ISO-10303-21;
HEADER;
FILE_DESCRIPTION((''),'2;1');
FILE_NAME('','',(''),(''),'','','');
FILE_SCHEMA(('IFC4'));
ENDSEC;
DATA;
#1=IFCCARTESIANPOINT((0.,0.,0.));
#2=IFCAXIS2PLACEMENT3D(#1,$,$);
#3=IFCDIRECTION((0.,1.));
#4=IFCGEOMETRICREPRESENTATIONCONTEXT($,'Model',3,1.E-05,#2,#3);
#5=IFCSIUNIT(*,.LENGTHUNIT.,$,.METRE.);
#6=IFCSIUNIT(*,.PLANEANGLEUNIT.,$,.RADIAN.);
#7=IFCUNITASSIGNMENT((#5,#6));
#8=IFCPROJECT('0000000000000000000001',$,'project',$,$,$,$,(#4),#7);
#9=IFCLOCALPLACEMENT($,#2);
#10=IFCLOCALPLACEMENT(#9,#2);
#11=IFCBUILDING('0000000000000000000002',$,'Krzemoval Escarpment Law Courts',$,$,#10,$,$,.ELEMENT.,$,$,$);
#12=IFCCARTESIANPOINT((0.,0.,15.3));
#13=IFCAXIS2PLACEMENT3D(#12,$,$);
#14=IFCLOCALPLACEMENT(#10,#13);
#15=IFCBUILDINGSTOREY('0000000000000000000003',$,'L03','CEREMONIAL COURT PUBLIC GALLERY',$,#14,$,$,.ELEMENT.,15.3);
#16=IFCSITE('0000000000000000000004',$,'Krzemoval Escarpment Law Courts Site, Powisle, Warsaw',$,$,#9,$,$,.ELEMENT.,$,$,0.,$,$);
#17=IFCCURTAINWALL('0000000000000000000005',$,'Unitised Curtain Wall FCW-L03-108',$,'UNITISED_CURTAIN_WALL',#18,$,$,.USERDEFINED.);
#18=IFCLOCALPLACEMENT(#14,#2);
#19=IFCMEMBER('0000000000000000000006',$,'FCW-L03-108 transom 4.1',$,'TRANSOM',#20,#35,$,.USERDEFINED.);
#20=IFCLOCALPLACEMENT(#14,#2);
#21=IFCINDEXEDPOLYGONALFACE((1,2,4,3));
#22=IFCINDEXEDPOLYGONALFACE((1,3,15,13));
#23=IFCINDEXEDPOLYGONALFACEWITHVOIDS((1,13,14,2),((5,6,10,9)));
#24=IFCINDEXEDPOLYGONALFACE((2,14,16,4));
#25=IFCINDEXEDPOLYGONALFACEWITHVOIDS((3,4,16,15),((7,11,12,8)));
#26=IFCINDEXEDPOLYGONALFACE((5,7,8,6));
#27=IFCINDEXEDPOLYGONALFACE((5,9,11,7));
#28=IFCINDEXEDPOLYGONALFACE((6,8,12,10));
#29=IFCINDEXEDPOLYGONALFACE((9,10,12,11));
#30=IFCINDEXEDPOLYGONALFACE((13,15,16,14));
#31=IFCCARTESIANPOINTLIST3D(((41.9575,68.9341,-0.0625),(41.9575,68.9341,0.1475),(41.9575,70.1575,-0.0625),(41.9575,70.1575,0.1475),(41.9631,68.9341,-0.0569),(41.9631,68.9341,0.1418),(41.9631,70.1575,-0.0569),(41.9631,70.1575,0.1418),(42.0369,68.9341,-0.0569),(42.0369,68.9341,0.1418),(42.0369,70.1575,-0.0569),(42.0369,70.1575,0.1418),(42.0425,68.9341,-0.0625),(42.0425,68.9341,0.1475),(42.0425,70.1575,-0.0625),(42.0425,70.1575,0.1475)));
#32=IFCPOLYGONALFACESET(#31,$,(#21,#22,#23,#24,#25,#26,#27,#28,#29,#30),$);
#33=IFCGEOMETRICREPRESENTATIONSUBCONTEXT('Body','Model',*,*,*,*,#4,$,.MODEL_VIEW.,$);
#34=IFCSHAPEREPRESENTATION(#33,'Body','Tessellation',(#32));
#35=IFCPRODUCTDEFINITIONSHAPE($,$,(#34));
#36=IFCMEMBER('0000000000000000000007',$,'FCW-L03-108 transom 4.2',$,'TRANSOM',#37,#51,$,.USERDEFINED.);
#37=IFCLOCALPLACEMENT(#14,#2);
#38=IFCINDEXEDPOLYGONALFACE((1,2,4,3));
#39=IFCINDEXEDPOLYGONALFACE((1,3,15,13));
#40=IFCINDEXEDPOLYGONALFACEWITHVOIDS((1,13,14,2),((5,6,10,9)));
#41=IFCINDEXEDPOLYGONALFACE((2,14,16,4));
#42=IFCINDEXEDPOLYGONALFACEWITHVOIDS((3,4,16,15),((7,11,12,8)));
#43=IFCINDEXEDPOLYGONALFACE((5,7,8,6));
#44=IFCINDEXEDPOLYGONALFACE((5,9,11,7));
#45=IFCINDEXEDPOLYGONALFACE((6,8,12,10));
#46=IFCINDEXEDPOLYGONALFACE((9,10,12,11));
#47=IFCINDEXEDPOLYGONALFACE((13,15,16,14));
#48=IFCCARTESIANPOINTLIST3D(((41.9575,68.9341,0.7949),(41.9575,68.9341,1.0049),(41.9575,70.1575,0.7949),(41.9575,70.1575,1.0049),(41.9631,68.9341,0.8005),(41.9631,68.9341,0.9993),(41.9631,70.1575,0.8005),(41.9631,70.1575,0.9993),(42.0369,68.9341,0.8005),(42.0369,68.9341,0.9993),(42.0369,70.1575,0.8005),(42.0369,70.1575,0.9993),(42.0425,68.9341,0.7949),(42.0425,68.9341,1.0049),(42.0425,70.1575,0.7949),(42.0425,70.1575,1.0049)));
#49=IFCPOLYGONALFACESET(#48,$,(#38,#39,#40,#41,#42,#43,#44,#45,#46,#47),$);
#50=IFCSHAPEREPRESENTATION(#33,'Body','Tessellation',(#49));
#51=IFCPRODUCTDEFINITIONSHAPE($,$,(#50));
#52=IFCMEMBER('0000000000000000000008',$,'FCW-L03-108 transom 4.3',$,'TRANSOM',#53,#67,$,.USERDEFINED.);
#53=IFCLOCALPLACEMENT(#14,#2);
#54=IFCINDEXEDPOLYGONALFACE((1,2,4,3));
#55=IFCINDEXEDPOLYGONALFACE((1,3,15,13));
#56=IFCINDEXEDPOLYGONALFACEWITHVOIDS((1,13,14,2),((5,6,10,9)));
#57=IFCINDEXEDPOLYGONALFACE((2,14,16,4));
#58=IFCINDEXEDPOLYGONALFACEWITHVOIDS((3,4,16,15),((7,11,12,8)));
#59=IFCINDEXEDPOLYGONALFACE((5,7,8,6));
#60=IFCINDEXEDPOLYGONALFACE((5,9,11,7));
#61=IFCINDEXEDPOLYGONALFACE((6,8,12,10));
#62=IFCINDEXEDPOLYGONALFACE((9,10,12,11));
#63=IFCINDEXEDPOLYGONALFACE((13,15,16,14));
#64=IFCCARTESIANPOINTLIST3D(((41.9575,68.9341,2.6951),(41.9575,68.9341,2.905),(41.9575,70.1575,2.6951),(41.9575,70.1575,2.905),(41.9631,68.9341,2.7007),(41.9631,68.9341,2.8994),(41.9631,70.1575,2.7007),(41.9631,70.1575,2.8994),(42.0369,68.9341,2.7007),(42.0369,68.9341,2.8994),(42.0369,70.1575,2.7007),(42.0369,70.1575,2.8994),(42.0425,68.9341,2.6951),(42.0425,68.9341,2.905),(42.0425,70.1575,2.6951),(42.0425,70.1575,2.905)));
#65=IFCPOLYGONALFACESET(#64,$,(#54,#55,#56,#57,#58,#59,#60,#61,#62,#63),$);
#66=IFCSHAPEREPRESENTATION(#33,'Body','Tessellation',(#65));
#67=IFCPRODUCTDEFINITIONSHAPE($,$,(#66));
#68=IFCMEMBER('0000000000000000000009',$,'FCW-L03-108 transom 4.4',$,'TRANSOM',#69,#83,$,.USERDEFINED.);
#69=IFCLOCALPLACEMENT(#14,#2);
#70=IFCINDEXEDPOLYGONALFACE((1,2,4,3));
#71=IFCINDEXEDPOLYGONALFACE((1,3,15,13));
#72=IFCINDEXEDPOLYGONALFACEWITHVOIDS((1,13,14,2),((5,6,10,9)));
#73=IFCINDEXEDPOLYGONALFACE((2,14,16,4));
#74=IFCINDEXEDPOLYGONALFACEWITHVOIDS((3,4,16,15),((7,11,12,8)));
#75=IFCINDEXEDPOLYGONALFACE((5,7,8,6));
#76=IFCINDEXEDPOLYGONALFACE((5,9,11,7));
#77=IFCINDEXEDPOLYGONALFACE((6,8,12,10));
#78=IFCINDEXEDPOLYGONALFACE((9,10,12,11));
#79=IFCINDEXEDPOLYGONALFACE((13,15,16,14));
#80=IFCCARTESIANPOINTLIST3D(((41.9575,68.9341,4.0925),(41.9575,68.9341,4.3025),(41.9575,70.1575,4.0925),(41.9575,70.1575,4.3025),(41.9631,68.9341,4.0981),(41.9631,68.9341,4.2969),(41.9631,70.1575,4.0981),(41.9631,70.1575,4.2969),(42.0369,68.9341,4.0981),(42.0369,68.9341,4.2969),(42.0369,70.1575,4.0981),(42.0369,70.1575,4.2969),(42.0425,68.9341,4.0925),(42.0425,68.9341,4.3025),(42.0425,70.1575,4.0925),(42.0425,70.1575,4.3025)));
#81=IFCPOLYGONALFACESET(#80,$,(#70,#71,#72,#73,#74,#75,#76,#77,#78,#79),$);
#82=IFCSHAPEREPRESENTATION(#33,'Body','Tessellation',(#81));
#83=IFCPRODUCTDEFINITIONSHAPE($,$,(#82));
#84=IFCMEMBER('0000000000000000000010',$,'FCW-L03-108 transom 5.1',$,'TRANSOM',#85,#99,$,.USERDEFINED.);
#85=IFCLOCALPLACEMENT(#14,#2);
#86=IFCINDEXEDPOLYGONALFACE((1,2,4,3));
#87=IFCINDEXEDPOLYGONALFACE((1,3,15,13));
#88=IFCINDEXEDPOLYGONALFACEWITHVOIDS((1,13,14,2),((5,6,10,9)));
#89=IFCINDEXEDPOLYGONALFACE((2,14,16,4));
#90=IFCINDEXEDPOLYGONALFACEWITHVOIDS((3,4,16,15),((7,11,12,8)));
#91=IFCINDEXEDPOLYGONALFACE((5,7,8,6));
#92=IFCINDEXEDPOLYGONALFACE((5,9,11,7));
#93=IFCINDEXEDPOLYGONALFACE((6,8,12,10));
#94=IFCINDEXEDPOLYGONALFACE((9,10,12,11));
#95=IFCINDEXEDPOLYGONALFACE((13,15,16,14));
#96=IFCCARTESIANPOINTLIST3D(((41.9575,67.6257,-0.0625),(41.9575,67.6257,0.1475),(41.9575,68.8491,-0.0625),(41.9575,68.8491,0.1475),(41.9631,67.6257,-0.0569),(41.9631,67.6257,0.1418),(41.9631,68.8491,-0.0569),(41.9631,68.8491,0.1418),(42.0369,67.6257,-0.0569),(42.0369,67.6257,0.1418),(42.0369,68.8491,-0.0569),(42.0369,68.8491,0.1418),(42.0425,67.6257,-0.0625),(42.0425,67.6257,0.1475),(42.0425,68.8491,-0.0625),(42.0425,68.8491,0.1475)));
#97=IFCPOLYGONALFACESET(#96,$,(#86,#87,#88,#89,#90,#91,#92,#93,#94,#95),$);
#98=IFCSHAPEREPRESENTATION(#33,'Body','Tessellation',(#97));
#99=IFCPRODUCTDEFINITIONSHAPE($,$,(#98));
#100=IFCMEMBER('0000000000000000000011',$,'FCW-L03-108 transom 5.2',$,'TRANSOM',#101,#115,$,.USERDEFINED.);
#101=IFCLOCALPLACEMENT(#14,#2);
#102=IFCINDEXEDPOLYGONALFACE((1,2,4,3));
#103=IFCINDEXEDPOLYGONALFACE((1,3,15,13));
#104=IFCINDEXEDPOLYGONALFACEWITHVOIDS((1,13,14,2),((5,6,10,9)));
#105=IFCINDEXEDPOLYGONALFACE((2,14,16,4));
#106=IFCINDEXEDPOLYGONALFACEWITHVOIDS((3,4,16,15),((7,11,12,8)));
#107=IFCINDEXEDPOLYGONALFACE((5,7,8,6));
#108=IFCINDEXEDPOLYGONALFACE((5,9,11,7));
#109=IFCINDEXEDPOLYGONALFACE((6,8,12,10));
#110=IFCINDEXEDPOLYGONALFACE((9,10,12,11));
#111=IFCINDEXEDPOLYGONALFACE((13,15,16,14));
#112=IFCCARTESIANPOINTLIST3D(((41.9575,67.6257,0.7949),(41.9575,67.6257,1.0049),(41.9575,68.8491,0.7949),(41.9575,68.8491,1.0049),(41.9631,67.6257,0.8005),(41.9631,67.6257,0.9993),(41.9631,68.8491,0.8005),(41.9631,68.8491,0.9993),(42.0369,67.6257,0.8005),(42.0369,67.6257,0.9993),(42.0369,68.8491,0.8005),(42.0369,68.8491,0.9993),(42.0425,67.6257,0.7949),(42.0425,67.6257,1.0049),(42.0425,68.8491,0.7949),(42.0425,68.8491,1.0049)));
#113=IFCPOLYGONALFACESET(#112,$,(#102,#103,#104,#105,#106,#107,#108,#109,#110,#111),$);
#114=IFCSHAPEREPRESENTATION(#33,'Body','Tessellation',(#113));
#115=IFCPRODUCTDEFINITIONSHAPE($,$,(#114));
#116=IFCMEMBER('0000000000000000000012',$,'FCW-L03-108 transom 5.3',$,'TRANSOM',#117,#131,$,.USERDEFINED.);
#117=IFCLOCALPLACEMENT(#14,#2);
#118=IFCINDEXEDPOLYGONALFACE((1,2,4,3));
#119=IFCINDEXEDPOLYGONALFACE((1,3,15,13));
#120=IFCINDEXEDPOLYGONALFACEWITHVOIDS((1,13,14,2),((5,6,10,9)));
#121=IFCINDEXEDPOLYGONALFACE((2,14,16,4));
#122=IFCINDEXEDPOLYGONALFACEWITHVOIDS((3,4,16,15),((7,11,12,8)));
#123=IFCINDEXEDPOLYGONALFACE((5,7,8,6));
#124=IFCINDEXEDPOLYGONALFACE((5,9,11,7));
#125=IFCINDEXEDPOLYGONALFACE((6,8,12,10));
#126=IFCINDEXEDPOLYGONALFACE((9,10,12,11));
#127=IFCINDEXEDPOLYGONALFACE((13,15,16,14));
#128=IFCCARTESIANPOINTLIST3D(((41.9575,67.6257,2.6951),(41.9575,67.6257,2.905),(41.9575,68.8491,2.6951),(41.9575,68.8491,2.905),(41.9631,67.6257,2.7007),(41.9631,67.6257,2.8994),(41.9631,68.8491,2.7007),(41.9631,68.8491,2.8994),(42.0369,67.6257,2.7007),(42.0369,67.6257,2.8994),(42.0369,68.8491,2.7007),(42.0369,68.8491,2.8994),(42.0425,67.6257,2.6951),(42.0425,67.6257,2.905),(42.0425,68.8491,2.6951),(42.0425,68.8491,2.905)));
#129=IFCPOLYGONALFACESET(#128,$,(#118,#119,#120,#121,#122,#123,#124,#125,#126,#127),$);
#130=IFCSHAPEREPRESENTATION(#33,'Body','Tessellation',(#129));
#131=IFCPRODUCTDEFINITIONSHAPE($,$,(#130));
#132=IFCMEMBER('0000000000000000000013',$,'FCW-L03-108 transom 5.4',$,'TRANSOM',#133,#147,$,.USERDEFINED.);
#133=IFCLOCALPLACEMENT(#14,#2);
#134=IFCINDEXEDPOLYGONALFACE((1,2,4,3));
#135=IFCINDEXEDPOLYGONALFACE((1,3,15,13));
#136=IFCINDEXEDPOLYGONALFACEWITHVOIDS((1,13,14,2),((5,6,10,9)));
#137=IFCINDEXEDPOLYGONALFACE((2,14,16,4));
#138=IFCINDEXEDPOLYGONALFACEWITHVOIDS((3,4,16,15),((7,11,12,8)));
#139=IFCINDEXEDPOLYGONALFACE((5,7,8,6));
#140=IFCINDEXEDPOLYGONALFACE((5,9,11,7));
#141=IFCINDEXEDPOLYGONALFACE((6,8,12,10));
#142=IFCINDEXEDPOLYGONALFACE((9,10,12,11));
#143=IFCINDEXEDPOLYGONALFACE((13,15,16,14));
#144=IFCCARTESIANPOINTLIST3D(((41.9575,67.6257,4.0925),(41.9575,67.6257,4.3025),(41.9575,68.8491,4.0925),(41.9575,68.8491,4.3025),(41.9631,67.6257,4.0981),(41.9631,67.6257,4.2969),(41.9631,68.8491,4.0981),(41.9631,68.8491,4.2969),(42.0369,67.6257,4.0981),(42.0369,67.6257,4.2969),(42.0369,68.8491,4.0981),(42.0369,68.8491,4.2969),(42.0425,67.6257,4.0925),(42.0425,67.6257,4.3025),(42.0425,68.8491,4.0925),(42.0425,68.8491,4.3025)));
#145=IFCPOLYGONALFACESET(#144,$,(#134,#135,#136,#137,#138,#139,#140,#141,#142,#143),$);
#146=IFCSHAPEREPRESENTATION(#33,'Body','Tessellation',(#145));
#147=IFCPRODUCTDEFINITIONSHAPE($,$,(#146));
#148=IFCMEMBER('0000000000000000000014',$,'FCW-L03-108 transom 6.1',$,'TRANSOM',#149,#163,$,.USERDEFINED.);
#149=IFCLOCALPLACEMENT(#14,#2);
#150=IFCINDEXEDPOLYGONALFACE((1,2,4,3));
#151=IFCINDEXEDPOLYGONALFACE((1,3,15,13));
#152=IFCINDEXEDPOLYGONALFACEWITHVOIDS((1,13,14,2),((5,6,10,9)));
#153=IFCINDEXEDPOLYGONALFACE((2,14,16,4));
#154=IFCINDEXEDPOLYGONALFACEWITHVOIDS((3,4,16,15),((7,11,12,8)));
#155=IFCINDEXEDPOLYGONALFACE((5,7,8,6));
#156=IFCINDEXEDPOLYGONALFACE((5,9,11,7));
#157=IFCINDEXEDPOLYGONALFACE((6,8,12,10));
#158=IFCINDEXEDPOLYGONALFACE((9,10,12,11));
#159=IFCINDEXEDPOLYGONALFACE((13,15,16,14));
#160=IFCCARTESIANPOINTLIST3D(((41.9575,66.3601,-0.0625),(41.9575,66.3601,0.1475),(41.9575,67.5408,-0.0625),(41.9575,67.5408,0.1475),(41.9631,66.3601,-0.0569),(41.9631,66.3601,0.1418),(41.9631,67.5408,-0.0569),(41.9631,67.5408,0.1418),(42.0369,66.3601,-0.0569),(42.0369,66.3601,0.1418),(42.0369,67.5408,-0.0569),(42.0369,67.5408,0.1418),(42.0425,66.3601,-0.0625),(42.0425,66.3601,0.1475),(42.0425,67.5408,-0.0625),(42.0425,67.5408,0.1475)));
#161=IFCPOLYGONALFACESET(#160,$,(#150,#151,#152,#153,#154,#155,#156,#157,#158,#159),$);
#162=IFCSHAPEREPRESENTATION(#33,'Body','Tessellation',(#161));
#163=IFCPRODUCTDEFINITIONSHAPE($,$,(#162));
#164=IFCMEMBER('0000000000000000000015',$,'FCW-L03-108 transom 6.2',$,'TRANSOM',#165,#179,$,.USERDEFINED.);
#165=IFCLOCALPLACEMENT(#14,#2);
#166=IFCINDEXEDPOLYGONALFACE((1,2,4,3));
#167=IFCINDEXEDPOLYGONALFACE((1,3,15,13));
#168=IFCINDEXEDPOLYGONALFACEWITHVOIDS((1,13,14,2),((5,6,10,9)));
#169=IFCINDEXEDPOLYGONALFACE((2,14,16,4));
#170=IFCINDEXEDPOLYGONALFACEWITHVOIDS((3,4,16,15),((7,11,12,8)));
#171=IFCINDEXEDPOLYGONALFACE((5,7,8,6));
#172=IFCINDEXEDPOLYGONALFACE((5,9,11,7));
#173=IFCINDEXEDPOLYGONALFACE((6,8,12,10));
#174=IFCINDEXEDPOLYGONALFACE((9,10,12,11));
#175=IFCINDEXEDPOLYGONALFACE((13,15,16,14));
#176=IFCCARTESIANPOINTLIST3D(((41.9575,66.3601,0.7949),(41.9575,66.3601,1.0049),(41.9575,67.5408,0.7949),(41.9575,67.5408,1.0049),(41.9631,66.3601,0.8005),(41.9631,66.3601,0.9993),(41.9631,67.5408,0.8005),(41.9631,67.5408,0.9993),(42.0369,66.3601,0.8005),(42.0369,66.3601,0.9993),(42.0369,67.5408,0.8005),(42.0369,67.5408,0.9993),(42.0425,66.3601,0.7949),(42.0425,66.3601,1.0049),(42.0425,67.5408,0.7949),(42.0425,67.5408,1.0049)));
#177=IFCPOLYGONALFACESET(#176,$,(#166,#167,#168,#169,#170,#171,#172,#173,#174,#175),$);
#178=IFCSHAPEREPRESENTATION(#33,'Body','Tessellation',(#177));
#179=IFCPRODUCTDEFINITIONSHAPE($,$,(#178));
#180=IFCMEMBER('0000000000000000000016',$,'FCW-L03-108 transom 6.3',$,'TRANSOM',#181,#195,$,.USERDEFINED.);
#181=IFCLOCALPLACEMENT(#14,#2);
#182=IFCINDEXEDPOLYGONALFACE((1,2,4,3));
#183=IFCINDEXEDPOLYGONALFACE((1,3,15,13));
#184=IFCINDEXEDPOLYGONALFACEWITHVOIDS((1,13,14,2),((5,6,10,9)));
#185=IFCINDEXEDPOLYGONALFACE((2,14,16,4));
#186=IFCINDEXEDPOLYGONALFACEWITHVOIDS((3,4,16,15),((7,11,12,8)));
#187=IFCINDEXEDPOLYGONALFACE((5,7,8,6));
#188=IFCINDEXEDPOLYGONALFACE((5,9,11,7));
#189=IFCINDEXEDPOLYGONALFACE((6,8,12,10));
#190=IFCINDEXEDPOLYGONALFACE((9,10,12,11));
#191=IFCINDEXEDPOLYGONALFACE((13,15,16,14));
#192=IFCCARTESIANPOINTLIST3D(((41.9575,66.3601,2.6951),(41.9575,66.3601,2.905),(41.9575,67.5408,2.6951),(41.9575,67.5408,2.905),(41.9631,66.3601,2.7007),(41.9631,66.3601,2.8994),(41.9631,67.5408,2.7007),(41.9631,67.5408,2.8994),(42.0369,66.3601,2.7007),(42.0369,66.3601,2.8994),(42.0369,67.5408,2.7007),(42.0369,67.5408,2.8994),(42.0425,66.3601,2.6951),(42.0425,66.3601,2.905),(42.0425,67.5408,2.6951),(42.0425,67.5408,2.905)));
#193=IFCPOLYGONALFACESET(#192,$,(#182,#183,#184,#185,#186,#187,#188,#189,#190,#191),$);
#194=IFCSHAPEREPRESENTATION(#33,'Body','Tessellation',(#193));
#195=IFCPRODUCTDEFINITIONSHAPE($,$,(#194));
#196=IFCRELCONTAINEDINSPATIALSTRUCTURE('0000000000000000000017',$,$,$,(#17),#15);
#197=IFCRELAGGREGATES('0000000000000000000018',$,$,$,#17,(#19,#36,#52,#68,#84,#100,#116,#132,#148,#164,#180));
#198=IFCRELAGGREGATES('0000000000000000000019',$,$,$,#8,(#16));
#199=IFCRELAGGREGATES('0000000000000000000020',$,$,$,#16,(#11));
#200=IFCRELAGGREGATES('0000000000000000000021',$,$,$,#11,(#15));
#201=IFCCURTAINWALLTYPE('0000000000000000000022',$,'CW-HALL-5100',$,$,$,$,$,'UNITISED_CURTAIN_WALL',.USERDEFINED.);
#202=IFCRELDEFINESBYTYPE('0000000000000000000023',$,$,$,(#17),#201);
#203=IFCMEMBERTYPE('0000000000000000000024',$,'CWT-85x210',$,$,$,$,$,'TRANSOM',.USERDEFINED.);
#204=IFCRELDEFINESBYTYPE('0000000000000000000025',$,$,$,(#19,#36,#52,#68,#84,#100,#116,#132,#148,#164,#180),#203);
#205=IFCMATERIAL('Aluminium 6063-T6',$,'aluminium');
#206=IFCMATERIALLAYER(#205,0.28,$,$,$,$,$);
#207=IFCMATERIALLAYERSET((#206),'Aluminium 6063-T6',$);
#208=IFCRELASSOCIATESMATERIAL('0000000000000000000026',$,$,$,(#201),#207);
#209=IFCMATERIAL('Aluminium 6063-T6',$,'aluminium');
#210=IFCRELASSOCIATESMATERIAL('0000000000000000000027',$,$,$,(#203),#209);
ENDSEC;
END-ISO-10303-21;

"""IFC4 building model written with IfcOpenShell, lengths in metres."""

from ifc_helpers import new_model, si_unit, direction, frame, origin, origin_2d, place, context, subcontext, project, spatial, hollow_rectangle, extrude, material, layer, layer_set, material_profile, profile_set, type_object, element, aggregate, save


model = new_model("IFC4")

# Units and contexts
model_context = context("Model", 3, precision=1e-05, world=origin(), true_north=direction((0.0, 1.0)))
body_context = subcontext(model_context, "Body", "Model", "MODEL_VIEW")
ifc_project = project(units=[si_unit("LENGTHUNIT", "METRE"), si_unit("PLANEANGLEUNIT", "RADIAN")], contexts=[model_context])

# Site, building, storey
site_placement = place(None, origin())
site = spatial("IfcSite", under=ifc_project, at=site_placement, Name="Krzemoval Escarpment Law Courts Site, Powisle, Warsaw", CompositionType="ELEMENT", RefElevation=0.0)
building_placement = place(site_placement, origin())
building = spatial("IfcBuilding", under=site, at=building_placement, Name="Krzemoval Escarpment Law Courts", CompositionType="ELEMENT")
storey_placement = place(building_placement, frame((0.0, 0.0, 15.3)))
storey = spatial("IfcBuildingStorey", under=building, at=storey_placement, Name="L03", Description="CEREMONIAL COURT PUBLIC GALLERY", CompositionType="ELEMENT", Elevation=15.3)

# Curtain wall
ifc_material_1 = material(Name="Aluminium 6063-T6", Category="aluminium")
ifc_layer_1 = layer(ifc_material_1, 0.28)
ifc_layer_set_1 = layer_set([ifc_layer_1], Name="Aluminium 6063-T6")
curtain_wall_type = type_object("IfcCurtainWallType", Name="CW-HALL-5100", ElementType="UNITISED_CURTAIN_WALL", PredefinedType="USERDEFINED", material=ifc_layer_set_1)
curtain_wall_1_placement = place(storey_placement, origin())
curtain_wall_1 = element("IfcCurtainWall", 1, at=curtain_wall_1_placement, inside=storey, type_object=curtain_wall_type, Name="Unitised Curtain Wall FCW-L03-108", ObjectType="UNITISED_CURTAIN_WALL", PredefinedType="USERDEFINED")

# Members
ifc_material_2 = material(Name="Aluminium 6063-T6", Category="aluminium")
ifc_material_profile_1 = material_profile(ifc_material_2, hollow_rectangle(XDim=0.085, YDim=0.21, WallThickness=0.0056, at=origin_2d()), Name="ALU T85x210")
ifc_profile_set_1 = profile_set([ifc_material_profile_1], Name="Aluminium 6063-T6")
member_type_1 = type_object("IfcMemberType", Name="CWT-85x210", ElementType="TRANSOM", PredefinedType="USERDEFINED", material=ifc_profile_set_1)
member_1_placement = place(storey_placement, frame((42.0, 70.1575, 0.0425), z_axis=(0.0, -1.0, 0.0), x_axis=(1.0, 0.0, 0.0)))
member_1 = element("IfcMember", 2, at=member_1_placement, type_object=member_type_1, Name="FCW-L03-108 transom 4.1", ObjectType="TRANSOM", PredefinedType="USERDEFINED", context=body_context, shape_type="SweptSolid", body=[
    extrude(hollow_rectangle(XDim=0.085, YDim=0.21, WallThickness=0.0056, at=origin_2d()), origin(), (0.0, 0.0, 1.0), 1.2234),
])
member_2_placement = place(storey_placement, frame((42.0, 70.1575, 0.8999), z_axis=(0.0, -1.0, 0.0), x_axis=(1.0, 0.0, 0.0)))
member_2 = element("IfcMember", 3, at=member_2_placement, type_object=member_type_1, Name="FCW-L03-108 transom 4.2", ObjectType="TRANSOM", PredefinedType="USERDEFINED", context=body_context, shape_type="SweptSolid", body=[
    extrude(hollow_rectangle(XDim=0.085, YDim=0.21, WallThickness=0.0056, at=origin_2d()), origin(), (0.0, 0.0, 1.0), 1.2234),
])
member_3_placement = place(storey_placement, frame((42.0, 70.1575, 2.8), z_axis=(0.0, -1.0, 0.0), x_axis=(1.0, 0.0, 0.0)))
member_3 = element("IfcMember", 4, at=member_3_placement, type_object=member_type_1, Name="FCW-L03-108 transom 4.3", ObjectType="TRANSOM", PredefinedType="USERDEFINED", context=body_context, shape_type="SweptSolid", body=[
    extrude(hollow_rectangle(XDim=0.085, YDim=0.21, WallThickness=0.0056, at=origin_2d()), origin(), (0.0, 0.0, 1.0), 1.2234),
])
member_4_placement = place(storey_placement, frame((42.0, 70.1575, 4.1975), z_axis=(0.0, -1.0, 0.0), x_axis=(1.0, 0.0, 0.0)))
member_4 = element("IfcMember", 5, at=member_4_placement, type_object=member_type_1, Name="FCW-L03-108 transom 4.4", ObjectType="TRANSOM", PredefinedType="USERDEFINED", context=body_context, shape_type="SweptSolid", body=[
    extrude(hollow_rectangle(XDim=0.085, YDim=0.21, WallThickness=0.0056, at=origin_2d()), origin(), (0.0, 0.0, 1.0), 1.2234),
])
member_5_placement = place(storey_placement, frame((42.0, 68.8491, 0.0425), z_axis=(0.0, -1.0, 0.0), x_axis=(1.0, 0.0, 0.0)))
member_5 = element("IfcMember", 6, at=member_5_placement, type_object=member_type_1, Name="FCW-L03-108 transom 5.1", ObjectType="TRANSOM", PredefinedType="USERDEFINED", context=body_context, shape_type="SweptSolid", body=[
    extrude(hollow_rectangle(XDim=0.085, YDim=0.21, WallThickness=0.0056, at=origin_2d()), origin(), (0.0, 0.0, 1.0), 1.2234),
])
member_6_placement = place(storey_placement, frame((42.0, 68.8491, 0.8999), z_axis=(0.0, -1.0, 0.0), x_axis=(1.0, 0.0, 0.0)))
member_6 = element("IfcMember", 7, at=member_6_placement, type_object=member_type_1, Name="FCW-L03-108 transom 5.2", ObjectType="TRANSOM", PredefinedType="USERDEFINED", context=body_context, shape_type="SweptSolid", body=[
    extrude(hollow_rectangle(XDim=0.085, YDim=0.21, WallThickness=0.0056, at=origin_2d()), origin(), (0.0, 0.0, 1.0), 1.2234),
])
member_7_placement = place(storey_placement, frame((42.0, 68.8491, 2.8), z_axis=(0.0, -1.0, 0.0), x_axis=(1.0, 0.0, 0.0)))
member_7 = element("IfcMember", 8, at=member_7_placement, type_object=member_type_1, Name="FCW-L03-108 transom 5.3", ObjectType="TRANSOM", PredefinedType="USERDEFINED", context=body_context, shape_type="SweptSolid", body=[
    extrude(hollow_rectangle(XDim=0.085, YDim=0.21, WallThickness=0.0056, at=origin_2d()), origin(), (0.0, 0.0, 1.0), 1.2234),
])
member_8_placement = place(storey_placement, frame((42.0, 68.8491, 4.1975), z_axis=(0.0, -1.0, 0.0), x_axis=(1.0, 0.0, 0.0)))
member_8 = element("IfcMember", 9, at=member_8_placement, type_object=member_type_1, Name="FCW-L03-108 transom 5.4", ObjectType="TRANSOM", PredefinedType="USERDEFINED", context=body_context, shape_type="SweptSolid", body=[
    extrude(hollow_rectangle(XDim=0.085, YDim=0.21, WallThickness=0.0056, at=origin_2d()), origin(), (0.0, 0.0, 1.0), 1.2234),
])
member_9_placement = place(storey_placement, frame((42.0, 67.5408, 0.0425), z_axis=(0.0, -1.0, 0.0), x_axis=(1.0, 0.0, 0.0)))
member_9 = element("IfcMember", 10, at=member_9_placement, type_object=member_type_1, Name="FCW-L03-108 transom 6.1", ObjectType="TRANSOM", PredefinedType="USERDEFINED", context=body_context, shape_type="SweptSolid", body=[
    extrude(hollow_rectangle(XDim=0.085, YDim=0.21, WallThickness=0.0056, at=origin_2d()), origin(), (0.0, 0.0, 1.0), 1.1807),
])
member_10_placement = place(storey_placement, frame((42.0, 67.5408, 0.8999), z_axis=(0.0, -1.0, 0.0), x_axis=(1.0, 0.0, 0.0)))
member_10 = element("IfcMember", 11, at=member_10_placement, type_object=member_type_1, Name="FCW-L03-108 transom 6.2", ObjectType="TRANSOM", PredefinedType="USERDEFINED", context=body_context, shape_type="SweptSolid", body=[
    extrude(hollow_rectangle(XDim=0.085, YDim=0.21, WallThickness=0.0056, at=origin_2d()), origin(), (0.0, 0.0, 1.0), 1.1807),
])
member_11_placement = place(storey_placement, frame((42.0, 67.5408, 2.8), z_axis=(0.0, -1.0, 0.0), x_axis=(1.0, 0.0, 0.0)))
member_11 = element("IfcMember", 12, at=member_11_placement, type_object=member_type_1, Name="FCW-L03-108 transom 6.3", ObjectType="TRANSOM", PredefinedType="USERDEFINED", context=body_context, shape_type="SweptSolid", body=[
    extrude(hollow_rectangle(XDim=0.085, YDim=0.21, WallThickness=0.0056, at=origin_2d()), origin(), (0.0, 0.0, 1.0), 1.1807),
])

aggregate(curtain_wall_1, [member_1, member_2, member_3, member_4, member_5, member_6, member_7, member_8, member_9, member_10, member_11])

save(model, "model.ifc")
